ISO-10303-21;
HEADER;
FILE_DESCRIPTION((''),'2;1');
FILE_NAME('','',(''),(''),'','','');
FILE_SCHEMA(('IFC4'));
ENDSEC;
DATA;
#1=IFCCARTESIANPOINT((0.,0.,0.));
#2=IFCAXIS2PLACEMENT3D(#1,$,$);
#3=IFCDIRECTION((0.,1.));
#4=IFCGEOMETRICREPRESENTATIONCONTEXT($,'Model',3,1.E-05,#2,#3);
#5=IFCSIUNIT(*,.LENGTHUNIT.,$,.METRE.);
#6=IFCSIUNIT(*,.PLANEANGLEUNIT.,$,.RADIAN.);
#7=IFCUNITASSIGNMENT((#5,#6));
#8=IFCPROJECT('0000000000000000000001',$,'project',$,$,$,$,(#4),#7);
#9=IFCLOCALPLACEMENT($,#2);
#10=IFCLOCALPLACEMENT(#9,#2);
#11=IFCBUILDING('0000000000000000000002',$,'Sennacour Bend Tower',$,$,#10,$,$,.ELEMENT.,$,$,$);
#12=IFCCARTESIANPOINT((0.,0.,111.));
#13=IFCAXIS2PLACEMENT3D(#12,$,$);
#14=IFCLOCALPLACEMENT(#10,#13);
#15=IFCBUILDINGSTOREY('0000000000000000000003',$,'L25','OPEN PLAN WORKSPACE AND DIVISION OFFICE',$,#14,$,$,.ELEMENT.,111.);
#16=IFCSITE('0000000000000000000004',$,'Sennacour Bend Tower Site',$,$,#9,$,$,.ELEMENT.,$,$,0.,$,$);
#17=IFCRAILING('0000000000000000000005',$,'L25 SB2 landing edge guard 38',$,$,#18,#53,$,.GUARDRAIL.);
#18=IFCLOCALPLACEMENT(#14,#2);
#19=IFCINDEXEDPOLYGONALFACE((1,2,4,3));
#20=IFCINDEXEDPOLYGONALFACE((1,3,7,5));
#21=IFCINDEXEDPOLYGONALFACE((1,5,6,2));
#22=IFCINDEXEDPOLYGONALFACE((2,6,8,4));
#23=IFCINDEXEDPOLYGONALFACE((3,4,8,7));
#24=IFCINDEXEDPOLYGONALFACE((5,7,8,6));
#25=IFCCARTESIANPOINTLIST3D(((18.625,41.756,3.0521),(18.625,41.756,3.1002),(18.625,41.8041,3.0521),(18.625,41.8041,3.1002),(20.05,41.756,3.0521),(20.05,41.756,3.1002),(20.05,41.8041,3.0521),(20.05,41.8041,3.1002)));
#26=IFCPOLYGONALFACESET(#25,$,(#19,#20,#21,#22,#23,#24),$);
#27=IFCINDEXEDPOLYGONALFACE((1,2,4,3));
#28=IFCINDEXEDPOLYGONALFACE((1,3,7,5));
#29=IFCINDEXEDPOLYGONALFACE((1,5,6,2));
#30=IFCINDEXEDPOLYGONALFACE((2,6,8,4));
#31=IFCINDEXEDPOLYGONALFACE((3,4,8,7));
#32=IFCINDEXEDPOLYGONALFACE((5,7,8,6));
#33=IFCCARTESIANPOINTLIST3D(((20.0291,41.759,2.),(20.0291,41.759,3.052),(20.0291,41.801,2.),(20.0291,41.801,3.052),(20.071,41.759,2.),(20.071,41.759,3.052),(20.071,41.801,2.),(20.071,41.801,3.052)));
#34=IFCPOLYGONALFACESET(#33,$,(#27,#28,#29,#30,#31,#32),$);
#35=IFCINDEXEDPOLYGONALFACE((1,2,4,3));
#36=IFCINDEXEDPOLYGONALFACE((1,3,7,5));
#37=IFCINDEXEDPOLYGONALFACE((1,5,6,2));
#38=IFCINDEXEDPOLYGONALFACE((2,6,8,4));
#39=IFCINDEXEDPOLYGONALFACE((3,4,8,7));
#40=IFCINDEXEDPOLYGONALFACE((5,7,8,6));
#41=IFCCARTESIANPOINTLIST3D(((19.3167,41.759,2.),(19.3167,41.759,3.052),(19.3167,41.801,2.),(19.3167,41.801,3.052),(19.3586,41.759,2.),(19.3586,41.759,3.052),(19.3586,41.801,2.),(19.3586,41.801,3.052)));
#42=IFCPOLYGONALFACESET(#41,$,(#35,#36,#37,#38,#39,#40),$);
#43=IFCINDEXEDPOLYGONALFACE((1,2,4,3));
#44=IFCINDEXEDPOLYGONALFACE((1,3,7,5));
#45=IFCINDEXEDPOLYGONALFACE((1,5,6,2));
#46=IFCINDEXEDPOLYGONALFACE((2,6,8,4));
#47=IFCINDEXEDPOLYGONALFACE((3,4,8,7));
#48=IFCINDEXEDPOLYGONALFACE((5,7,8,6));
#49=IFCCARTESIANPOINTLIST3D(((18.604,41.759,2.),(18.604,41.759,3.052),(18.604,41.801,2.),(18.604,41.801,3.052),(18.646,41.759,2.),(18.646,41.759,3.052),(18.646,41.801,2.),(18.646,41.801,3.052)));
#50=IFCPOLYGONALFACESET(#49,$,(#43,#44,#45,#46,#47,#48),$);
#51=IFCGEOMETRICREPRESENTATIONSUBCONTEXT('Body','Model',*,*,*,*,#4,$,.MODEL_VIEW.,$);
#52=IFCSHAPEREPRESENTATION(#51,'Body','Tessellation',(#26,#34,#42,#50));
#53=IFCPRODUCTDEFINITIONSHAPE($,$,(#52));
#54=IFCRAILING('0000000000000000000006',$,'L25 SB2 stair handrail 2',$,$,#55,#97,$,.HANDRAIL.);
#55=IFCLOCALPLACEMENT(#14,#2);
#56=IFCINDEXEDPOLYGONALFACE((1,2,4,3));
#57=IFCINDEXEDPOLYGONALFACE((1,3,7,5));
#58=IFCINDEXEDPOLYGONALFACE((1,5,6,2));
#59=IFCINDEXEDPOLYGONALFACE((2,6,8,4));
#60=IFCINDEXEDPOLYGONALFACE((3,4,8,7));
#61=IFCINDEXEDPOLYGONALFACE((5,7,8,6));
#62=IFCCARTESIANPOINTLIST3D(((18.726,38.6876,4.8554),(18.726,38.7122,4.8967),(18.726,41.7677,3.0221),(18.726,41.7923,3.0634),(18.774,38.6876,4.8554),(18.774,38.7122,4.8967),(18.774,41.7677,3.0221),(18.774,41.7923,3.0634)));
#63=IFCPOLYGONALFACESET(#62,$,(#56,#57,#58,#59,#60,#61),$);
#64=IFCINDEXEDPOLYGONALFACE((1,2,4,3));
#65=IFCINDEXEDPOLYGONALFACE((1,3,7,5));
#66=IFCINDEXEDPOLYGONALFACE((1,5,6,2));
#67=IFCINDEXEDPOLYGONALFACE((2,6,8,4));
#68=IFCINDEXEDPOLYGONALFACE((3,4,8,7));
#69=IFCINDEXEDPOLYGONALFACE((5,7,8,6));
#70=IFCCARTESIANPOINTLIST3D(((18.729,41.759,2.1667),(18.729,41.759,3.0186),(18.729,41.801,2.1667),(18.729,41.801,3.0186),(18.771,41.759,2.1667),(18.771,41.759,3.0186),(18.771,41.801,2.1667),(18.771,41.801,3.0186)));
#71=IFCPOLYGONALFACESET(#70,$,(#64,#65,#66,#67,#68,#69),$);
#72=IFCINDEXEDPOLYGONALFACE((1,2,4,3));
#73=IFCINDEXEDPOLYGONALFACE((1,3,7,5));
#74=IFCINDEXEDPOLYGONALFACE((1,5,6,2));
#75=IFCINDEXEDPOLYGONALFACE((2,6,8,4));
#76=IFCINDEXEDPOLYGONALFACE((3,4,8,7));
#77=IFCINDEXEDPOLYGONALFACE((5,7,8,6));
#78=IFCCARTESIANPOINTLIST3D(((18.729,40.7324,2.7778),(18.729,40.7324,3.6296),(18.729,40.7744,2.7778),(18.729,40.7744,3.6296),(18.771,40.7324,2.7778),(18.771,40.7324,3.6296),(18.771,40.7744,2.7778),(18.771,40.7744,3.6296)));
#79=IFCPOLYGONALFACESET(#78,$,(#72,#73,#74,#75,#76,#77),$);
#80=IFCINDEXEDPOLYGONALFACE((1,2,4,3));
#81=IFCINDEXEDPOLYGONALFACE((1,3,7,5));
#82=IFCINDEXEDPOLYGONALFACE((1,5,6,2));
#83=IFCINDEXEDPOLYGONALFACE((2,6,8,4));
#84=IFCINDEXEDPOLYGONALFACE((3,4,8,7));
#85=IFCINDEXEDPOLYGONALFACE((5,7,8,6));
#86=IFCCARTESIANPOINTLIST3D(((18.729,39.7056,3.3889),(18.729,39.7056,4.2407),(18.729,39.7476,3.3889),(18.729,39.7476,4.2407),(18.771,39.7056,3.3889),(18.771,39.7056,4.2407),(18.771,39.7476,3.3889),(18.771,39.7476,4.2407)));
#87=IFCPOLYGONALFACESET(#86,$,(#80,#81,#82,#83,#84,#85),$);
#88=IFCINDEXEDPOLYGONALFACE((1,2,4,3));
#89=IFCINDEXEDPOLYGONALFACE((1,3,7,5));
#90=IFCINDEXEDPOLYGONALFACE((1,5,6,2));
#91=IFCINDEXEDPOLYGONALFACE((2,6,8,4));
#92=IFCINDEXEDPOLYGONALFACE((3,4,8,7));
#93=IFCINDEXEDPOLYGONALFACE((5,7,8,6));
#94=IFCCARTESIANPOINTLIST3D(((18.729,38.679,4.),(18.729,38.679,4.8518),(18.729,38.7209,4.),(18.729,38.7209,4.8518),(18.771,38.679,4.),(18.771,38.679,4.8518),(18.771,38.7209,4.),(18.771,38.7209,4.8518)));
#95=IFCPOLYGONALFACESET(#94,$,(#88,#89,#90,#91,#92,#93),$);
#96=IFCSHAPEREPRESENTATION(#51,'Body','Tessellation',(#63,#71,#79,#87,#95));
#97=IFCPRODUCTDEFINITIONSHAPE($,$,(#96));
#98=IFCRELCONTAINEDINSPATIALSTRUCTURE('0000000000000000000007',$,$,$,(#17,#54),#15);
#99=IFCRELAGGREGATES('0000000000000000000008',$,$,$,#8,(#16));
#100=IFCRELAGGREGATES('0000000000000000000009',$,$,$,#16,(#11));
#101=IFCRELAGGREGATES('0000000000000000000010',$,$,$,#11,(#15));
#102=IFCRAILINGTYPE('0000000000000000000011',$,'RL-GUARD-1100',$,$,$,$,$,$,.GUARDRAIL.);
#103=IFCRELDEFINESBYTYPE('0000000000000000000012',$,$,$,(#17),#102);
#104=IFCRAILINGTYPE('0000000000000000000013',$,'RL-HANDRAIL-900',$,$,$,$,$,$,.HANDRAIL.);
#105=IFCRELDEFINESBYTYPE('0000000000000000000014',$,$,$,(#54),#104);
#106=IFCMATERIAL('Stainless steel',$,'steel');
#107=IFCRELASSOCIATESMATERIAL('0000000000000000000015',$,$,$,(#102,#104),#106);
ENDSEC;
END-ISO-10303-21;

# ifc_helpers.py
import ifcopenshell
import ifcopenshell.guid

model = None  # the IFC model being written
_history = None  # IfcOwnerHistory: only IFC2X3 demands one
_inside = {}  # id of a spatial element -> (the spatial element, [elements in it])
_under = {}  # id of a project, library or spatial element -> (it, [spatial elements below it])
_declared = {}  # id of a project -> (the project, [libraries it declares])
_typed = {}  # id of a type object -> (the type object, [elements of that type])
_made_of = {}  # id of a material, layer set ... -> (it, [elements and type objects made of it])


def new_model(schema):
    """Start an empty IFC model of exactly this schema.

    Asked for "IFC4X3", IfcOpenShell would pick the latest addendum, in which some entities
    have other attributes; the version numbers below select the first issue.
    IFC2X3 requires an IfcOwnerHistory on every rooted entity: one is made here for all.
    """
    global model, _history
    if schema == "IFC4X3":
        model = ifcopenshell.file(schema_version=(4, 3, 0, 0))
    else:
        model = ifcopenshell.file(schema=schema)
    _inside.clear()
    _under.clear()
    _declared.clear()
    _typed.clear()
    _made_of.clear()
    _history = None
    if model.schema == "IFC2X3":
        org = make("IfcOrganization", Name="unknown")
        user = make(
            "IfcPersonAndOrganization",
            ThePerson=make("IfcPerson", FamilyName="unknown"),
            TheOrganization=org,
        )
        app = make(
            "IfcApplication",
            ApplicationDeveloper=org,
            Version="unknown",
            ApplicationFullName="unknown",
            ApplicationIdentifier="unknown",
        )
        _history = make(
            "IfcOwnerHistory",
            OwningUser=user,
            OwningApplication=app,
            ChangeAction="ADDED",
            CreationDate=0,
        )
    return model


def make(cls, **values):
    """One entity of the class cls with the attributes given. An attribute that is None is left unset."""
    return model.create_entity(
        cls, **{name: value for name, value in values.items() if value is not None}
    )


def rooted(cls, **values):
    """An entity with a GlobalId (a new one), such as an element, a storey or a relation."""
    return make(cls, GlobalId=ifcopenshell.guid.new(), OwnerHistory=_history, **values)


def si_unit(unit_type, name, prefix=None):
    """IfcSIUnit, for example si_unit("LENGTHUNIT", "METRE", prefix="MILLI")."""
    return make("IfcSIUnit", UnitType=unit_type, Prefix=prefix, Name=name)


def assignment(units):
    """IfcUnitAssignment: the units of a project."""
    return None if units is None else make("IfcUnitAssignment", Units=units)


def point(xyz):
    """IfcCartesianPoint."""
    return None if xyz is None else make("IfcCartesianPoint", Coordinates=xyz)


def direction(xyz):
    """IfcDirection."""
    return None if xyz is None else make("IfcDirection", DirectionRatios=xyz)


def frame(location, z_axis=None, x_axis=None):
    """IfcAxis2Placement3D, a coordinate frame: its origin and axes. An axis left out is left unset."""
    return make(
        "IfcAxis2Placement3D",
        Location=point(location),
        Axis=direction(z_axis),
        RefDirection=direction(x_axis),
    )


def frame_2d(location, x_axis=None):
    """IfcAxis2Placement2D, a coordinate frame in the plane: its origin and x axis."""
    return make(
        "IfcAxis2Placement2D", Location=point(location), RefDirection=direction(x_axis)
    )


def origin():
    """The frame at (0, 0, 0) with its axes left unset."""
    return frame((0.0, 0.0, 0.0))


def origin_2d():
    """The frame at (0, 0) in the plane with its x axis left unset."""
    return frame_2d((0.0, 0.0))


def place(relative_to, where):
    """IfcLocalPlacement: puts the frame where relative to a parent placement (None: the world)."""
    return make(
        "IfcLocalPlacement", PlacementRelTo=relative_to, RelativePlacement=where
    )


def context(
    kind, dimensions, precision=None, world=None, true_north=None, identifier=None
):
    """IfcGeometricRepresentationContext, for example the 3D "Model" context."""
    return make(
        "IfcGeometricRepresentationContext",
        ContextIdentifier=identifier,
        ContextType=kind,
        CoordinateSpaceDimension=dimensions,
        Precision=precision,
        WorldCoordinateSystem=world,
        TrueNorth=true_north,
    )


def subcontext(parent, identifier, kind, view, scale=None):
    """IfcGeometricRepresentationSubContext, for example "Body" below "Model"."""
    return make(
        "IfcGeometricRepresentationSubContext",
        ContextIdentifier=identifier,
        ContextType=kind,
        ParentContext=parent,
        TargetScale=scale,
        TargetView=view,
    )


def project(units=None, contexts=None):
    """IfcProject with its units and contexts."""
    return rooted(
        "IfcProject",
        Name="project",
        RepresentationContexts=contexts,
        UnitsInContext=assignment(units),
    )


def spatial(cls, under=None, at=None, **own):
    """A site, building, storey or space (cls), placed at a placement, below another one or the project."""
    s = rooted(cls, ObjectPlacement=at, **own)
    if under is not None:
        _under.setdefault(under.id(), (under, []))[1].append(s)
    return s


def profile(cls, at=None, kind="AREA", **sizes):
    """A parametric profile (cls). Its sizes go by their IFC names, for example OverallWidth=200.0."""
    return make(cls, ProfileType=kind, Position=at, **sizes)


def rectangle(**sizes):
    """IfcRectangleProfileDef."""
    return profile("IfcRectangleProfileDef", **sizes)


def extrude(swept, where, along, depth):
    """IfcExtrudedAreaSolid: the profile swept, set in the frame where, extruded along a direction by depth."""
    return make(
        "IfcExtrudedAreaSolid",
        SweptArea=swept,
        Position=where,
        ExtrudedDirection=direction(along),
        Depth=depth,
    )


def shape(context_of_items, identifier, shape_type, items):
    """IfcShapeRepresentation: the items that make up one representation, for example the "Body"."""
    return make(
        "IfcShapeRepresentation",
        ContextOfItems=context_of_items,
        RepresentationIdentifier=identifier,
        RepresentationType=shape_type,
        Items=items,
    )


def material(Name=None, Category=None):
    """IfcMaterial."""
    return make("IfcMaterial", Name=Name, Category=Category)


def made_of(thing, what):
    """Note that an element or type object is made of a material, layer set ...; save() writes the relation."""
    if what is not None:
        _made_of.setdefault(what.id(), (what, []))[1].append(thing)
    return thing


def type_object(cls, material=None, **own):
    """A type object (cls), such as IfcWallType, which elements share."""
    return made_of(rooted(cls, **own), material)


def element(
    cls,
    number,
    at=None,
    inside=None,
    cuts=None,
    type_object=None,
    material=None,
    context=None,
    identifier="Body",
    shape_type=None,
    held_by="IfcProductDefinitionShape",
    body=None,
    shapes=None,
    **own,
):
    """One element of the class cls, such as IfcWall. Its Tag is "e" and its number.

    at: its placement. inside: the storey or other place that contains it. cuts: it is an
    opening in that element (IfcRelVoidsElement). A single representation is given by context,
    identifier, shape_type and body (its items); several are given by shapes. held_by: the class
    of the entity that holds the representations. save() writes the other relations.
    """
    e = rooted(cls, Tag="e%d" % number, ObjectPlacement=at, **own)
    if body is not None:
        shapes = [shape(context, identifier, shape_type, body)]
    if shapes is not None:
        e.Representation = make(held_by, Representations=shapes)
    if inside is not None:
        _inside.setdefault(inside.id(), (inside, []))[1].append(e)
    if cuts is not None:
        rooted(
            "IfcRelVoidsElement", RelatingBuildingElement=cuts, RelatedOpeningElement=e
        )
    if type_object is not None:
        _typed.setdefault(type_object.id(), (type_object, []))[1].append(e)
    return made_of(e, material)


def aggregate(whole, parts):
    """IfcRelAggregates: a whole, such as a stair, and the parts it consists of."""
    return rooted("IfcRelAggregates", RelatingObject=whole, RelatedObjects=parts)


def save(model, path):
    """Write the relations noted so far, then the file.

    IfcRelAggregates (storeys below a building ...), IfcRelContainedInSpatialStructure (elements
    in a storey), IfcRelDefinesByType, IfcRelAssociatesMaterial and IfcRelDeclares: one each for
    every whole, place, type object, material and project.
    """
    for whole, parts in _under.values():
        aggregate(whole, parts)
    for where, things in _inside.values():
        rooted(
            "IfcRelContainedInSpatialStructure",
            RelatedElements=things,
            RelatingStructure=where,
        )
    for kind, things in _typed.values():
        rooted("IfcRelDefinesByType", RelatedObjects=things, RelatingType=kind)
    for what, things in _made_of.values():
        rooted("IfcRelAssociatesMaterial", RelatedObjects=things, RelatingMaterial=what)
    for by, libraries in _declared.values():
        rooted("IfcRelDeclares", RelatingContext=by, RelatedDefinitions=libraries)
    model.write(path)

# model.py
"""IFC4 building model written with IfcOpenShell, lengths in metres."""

from ifc_helpers import new_model, si_unit, direction, frame, origin, origin_2d, place, context, subcontext, project, spatial, rectangle, extrude, material, type_object, element, save


model = new_model("IFC4")

# Units and contexts
model_context = context("Model", 3, precision=1e-05, world=origin(), true_north=direction((0.0, 1.0)))
body_context = subcontext(model_context, "Body", "Model", "MODEL_VIEW")
ifc_project = project(units=[si_unit("LENGTHUNIT", "METRE"), si_unit("PLANEANGLEUNIT", "RADIAN")], contexts=[model_context])

# Site, building, storey
site_placement = place(None, origin())
site = spatial("IfcSite", under=ifc_project, at=site_placement, Name="Sennacour Bend Tower Site", CompositionType="ELEMENT", RefElevation=0.0)
building_placement = place(site_placement, origin())
building = spatial("IfcBuilding", under=site, at=building_placement, Name="Sennacour Bend Tower", CompositionType="ELEMENT")
storey_placement = place(building_placement, frame((0.0, 0.0, 111.0)))
storey = spatial("IfcBuildingStorey", under=building, at=storey_placement, Name="L25", Description="OPEN PLAN WORKSPACE AND DIVISION OFFICE", CompositionType="ELEMENT", Elevation=111.0)

# Shared definitions
ifc_material_1 = material(Name="Stainless steel", Category="steel")

# Railings
railing_type_1 = type_object("IfcRailingType", Name="RL-GUARD-1100", PredefinedType="GUARDRAIL", material=ifc_material_1)
railing_1_placement = place(storey_placement, frame((20.05, 41.78, 2.0)))
element("IfcRailing", 1, at=railing_1_placement, inside=storey, type_object=railing_type_1, Name="L25 SB2 landing edge guard 38", PredefinedType="GUARDRAIL", context=body_context, shape_type="SweptSolid", body=[
    extrude(rectangle(XDim=0.0481, YDim=0.0481, at=origin_2d()), frame((0.0, 0.0, 1.0762), z_axis=(-1.0, 0.0, 0.0), x_axis=(0.0, -1.0, 0.0)), (0.0, 0.0, 1.0), 1.425),
    extrude(rectangle(XDim=0.042, YDim=0.042, at=origin_2d()), origin(), (0.0, 0.0, 1.0), 1.052),
    extrude(rectangle(XDim=0.042, YDim=0.042, at=origin_2d()), frame((-0.7124, 0.0, 0.0)), (0.0, 0.0, 1.0), 1.052),
    extrude(rectangle(XDim=0.042, YDim=0.042, at=origin_2d()), frame((-1.425, 0.0, 0.0)), (0.0, 0.0, 1.0), 1.052),
])
railing_type_2 = type_object("IfcRailingType", Name="RL-HANDRAIL-900", PredefinedType="HANDRAIL", material=ifc_material_1)
railing_2_placement = place(storey_placement, frame((18.75, 41.78, 2.1667)))
element("IfcRailing", 2, at=railing_2_placement, inside=storey, type_object=railing_type_2, Name="L25 SB2 stair handrail 2", PredefinedType="HANDRAIL", context=body_context, shape_type="SweptSolid", body=[
    extrude(rectangle(XDim=0.0481, YDim=0.0481, at=origin_2d()), frame((0.0, 0.0, 0.876), z_axis=(0.0, -0.859309, 0.511458), x_axis=(1.0, 0.0, 0.0)), (0.0, 0.0, 1.0), 3.5845),
    extrude(rectangle(XDim=0.042, YDim=0.042, at=origin_2d()), origin(), (0.0, 0.0, 1.0), 0.8518),
    extrude(rectangle(XDim=0.042, YDim=0.042, at=origin_2d()), frame((0.0, -1.0266, 0.6111)), (0.0, 0.0, 1.0), 0.8518),
    extrude(rectangle(XDim=0.042, YDim=0.042, at=origin_2d()), frame((0.0, -2.0535, 1.2222)), (0.0, 0.0, 1.0), 0.8518),
    extrude(rectangle(XDim=0.042, YDim=0.042, at=origin_2d()), frame((0.0, -3.0801, 1.8333)), (0.0, 0.0, 1.0), 0.8518),
])

save(model, "model.ifc")
